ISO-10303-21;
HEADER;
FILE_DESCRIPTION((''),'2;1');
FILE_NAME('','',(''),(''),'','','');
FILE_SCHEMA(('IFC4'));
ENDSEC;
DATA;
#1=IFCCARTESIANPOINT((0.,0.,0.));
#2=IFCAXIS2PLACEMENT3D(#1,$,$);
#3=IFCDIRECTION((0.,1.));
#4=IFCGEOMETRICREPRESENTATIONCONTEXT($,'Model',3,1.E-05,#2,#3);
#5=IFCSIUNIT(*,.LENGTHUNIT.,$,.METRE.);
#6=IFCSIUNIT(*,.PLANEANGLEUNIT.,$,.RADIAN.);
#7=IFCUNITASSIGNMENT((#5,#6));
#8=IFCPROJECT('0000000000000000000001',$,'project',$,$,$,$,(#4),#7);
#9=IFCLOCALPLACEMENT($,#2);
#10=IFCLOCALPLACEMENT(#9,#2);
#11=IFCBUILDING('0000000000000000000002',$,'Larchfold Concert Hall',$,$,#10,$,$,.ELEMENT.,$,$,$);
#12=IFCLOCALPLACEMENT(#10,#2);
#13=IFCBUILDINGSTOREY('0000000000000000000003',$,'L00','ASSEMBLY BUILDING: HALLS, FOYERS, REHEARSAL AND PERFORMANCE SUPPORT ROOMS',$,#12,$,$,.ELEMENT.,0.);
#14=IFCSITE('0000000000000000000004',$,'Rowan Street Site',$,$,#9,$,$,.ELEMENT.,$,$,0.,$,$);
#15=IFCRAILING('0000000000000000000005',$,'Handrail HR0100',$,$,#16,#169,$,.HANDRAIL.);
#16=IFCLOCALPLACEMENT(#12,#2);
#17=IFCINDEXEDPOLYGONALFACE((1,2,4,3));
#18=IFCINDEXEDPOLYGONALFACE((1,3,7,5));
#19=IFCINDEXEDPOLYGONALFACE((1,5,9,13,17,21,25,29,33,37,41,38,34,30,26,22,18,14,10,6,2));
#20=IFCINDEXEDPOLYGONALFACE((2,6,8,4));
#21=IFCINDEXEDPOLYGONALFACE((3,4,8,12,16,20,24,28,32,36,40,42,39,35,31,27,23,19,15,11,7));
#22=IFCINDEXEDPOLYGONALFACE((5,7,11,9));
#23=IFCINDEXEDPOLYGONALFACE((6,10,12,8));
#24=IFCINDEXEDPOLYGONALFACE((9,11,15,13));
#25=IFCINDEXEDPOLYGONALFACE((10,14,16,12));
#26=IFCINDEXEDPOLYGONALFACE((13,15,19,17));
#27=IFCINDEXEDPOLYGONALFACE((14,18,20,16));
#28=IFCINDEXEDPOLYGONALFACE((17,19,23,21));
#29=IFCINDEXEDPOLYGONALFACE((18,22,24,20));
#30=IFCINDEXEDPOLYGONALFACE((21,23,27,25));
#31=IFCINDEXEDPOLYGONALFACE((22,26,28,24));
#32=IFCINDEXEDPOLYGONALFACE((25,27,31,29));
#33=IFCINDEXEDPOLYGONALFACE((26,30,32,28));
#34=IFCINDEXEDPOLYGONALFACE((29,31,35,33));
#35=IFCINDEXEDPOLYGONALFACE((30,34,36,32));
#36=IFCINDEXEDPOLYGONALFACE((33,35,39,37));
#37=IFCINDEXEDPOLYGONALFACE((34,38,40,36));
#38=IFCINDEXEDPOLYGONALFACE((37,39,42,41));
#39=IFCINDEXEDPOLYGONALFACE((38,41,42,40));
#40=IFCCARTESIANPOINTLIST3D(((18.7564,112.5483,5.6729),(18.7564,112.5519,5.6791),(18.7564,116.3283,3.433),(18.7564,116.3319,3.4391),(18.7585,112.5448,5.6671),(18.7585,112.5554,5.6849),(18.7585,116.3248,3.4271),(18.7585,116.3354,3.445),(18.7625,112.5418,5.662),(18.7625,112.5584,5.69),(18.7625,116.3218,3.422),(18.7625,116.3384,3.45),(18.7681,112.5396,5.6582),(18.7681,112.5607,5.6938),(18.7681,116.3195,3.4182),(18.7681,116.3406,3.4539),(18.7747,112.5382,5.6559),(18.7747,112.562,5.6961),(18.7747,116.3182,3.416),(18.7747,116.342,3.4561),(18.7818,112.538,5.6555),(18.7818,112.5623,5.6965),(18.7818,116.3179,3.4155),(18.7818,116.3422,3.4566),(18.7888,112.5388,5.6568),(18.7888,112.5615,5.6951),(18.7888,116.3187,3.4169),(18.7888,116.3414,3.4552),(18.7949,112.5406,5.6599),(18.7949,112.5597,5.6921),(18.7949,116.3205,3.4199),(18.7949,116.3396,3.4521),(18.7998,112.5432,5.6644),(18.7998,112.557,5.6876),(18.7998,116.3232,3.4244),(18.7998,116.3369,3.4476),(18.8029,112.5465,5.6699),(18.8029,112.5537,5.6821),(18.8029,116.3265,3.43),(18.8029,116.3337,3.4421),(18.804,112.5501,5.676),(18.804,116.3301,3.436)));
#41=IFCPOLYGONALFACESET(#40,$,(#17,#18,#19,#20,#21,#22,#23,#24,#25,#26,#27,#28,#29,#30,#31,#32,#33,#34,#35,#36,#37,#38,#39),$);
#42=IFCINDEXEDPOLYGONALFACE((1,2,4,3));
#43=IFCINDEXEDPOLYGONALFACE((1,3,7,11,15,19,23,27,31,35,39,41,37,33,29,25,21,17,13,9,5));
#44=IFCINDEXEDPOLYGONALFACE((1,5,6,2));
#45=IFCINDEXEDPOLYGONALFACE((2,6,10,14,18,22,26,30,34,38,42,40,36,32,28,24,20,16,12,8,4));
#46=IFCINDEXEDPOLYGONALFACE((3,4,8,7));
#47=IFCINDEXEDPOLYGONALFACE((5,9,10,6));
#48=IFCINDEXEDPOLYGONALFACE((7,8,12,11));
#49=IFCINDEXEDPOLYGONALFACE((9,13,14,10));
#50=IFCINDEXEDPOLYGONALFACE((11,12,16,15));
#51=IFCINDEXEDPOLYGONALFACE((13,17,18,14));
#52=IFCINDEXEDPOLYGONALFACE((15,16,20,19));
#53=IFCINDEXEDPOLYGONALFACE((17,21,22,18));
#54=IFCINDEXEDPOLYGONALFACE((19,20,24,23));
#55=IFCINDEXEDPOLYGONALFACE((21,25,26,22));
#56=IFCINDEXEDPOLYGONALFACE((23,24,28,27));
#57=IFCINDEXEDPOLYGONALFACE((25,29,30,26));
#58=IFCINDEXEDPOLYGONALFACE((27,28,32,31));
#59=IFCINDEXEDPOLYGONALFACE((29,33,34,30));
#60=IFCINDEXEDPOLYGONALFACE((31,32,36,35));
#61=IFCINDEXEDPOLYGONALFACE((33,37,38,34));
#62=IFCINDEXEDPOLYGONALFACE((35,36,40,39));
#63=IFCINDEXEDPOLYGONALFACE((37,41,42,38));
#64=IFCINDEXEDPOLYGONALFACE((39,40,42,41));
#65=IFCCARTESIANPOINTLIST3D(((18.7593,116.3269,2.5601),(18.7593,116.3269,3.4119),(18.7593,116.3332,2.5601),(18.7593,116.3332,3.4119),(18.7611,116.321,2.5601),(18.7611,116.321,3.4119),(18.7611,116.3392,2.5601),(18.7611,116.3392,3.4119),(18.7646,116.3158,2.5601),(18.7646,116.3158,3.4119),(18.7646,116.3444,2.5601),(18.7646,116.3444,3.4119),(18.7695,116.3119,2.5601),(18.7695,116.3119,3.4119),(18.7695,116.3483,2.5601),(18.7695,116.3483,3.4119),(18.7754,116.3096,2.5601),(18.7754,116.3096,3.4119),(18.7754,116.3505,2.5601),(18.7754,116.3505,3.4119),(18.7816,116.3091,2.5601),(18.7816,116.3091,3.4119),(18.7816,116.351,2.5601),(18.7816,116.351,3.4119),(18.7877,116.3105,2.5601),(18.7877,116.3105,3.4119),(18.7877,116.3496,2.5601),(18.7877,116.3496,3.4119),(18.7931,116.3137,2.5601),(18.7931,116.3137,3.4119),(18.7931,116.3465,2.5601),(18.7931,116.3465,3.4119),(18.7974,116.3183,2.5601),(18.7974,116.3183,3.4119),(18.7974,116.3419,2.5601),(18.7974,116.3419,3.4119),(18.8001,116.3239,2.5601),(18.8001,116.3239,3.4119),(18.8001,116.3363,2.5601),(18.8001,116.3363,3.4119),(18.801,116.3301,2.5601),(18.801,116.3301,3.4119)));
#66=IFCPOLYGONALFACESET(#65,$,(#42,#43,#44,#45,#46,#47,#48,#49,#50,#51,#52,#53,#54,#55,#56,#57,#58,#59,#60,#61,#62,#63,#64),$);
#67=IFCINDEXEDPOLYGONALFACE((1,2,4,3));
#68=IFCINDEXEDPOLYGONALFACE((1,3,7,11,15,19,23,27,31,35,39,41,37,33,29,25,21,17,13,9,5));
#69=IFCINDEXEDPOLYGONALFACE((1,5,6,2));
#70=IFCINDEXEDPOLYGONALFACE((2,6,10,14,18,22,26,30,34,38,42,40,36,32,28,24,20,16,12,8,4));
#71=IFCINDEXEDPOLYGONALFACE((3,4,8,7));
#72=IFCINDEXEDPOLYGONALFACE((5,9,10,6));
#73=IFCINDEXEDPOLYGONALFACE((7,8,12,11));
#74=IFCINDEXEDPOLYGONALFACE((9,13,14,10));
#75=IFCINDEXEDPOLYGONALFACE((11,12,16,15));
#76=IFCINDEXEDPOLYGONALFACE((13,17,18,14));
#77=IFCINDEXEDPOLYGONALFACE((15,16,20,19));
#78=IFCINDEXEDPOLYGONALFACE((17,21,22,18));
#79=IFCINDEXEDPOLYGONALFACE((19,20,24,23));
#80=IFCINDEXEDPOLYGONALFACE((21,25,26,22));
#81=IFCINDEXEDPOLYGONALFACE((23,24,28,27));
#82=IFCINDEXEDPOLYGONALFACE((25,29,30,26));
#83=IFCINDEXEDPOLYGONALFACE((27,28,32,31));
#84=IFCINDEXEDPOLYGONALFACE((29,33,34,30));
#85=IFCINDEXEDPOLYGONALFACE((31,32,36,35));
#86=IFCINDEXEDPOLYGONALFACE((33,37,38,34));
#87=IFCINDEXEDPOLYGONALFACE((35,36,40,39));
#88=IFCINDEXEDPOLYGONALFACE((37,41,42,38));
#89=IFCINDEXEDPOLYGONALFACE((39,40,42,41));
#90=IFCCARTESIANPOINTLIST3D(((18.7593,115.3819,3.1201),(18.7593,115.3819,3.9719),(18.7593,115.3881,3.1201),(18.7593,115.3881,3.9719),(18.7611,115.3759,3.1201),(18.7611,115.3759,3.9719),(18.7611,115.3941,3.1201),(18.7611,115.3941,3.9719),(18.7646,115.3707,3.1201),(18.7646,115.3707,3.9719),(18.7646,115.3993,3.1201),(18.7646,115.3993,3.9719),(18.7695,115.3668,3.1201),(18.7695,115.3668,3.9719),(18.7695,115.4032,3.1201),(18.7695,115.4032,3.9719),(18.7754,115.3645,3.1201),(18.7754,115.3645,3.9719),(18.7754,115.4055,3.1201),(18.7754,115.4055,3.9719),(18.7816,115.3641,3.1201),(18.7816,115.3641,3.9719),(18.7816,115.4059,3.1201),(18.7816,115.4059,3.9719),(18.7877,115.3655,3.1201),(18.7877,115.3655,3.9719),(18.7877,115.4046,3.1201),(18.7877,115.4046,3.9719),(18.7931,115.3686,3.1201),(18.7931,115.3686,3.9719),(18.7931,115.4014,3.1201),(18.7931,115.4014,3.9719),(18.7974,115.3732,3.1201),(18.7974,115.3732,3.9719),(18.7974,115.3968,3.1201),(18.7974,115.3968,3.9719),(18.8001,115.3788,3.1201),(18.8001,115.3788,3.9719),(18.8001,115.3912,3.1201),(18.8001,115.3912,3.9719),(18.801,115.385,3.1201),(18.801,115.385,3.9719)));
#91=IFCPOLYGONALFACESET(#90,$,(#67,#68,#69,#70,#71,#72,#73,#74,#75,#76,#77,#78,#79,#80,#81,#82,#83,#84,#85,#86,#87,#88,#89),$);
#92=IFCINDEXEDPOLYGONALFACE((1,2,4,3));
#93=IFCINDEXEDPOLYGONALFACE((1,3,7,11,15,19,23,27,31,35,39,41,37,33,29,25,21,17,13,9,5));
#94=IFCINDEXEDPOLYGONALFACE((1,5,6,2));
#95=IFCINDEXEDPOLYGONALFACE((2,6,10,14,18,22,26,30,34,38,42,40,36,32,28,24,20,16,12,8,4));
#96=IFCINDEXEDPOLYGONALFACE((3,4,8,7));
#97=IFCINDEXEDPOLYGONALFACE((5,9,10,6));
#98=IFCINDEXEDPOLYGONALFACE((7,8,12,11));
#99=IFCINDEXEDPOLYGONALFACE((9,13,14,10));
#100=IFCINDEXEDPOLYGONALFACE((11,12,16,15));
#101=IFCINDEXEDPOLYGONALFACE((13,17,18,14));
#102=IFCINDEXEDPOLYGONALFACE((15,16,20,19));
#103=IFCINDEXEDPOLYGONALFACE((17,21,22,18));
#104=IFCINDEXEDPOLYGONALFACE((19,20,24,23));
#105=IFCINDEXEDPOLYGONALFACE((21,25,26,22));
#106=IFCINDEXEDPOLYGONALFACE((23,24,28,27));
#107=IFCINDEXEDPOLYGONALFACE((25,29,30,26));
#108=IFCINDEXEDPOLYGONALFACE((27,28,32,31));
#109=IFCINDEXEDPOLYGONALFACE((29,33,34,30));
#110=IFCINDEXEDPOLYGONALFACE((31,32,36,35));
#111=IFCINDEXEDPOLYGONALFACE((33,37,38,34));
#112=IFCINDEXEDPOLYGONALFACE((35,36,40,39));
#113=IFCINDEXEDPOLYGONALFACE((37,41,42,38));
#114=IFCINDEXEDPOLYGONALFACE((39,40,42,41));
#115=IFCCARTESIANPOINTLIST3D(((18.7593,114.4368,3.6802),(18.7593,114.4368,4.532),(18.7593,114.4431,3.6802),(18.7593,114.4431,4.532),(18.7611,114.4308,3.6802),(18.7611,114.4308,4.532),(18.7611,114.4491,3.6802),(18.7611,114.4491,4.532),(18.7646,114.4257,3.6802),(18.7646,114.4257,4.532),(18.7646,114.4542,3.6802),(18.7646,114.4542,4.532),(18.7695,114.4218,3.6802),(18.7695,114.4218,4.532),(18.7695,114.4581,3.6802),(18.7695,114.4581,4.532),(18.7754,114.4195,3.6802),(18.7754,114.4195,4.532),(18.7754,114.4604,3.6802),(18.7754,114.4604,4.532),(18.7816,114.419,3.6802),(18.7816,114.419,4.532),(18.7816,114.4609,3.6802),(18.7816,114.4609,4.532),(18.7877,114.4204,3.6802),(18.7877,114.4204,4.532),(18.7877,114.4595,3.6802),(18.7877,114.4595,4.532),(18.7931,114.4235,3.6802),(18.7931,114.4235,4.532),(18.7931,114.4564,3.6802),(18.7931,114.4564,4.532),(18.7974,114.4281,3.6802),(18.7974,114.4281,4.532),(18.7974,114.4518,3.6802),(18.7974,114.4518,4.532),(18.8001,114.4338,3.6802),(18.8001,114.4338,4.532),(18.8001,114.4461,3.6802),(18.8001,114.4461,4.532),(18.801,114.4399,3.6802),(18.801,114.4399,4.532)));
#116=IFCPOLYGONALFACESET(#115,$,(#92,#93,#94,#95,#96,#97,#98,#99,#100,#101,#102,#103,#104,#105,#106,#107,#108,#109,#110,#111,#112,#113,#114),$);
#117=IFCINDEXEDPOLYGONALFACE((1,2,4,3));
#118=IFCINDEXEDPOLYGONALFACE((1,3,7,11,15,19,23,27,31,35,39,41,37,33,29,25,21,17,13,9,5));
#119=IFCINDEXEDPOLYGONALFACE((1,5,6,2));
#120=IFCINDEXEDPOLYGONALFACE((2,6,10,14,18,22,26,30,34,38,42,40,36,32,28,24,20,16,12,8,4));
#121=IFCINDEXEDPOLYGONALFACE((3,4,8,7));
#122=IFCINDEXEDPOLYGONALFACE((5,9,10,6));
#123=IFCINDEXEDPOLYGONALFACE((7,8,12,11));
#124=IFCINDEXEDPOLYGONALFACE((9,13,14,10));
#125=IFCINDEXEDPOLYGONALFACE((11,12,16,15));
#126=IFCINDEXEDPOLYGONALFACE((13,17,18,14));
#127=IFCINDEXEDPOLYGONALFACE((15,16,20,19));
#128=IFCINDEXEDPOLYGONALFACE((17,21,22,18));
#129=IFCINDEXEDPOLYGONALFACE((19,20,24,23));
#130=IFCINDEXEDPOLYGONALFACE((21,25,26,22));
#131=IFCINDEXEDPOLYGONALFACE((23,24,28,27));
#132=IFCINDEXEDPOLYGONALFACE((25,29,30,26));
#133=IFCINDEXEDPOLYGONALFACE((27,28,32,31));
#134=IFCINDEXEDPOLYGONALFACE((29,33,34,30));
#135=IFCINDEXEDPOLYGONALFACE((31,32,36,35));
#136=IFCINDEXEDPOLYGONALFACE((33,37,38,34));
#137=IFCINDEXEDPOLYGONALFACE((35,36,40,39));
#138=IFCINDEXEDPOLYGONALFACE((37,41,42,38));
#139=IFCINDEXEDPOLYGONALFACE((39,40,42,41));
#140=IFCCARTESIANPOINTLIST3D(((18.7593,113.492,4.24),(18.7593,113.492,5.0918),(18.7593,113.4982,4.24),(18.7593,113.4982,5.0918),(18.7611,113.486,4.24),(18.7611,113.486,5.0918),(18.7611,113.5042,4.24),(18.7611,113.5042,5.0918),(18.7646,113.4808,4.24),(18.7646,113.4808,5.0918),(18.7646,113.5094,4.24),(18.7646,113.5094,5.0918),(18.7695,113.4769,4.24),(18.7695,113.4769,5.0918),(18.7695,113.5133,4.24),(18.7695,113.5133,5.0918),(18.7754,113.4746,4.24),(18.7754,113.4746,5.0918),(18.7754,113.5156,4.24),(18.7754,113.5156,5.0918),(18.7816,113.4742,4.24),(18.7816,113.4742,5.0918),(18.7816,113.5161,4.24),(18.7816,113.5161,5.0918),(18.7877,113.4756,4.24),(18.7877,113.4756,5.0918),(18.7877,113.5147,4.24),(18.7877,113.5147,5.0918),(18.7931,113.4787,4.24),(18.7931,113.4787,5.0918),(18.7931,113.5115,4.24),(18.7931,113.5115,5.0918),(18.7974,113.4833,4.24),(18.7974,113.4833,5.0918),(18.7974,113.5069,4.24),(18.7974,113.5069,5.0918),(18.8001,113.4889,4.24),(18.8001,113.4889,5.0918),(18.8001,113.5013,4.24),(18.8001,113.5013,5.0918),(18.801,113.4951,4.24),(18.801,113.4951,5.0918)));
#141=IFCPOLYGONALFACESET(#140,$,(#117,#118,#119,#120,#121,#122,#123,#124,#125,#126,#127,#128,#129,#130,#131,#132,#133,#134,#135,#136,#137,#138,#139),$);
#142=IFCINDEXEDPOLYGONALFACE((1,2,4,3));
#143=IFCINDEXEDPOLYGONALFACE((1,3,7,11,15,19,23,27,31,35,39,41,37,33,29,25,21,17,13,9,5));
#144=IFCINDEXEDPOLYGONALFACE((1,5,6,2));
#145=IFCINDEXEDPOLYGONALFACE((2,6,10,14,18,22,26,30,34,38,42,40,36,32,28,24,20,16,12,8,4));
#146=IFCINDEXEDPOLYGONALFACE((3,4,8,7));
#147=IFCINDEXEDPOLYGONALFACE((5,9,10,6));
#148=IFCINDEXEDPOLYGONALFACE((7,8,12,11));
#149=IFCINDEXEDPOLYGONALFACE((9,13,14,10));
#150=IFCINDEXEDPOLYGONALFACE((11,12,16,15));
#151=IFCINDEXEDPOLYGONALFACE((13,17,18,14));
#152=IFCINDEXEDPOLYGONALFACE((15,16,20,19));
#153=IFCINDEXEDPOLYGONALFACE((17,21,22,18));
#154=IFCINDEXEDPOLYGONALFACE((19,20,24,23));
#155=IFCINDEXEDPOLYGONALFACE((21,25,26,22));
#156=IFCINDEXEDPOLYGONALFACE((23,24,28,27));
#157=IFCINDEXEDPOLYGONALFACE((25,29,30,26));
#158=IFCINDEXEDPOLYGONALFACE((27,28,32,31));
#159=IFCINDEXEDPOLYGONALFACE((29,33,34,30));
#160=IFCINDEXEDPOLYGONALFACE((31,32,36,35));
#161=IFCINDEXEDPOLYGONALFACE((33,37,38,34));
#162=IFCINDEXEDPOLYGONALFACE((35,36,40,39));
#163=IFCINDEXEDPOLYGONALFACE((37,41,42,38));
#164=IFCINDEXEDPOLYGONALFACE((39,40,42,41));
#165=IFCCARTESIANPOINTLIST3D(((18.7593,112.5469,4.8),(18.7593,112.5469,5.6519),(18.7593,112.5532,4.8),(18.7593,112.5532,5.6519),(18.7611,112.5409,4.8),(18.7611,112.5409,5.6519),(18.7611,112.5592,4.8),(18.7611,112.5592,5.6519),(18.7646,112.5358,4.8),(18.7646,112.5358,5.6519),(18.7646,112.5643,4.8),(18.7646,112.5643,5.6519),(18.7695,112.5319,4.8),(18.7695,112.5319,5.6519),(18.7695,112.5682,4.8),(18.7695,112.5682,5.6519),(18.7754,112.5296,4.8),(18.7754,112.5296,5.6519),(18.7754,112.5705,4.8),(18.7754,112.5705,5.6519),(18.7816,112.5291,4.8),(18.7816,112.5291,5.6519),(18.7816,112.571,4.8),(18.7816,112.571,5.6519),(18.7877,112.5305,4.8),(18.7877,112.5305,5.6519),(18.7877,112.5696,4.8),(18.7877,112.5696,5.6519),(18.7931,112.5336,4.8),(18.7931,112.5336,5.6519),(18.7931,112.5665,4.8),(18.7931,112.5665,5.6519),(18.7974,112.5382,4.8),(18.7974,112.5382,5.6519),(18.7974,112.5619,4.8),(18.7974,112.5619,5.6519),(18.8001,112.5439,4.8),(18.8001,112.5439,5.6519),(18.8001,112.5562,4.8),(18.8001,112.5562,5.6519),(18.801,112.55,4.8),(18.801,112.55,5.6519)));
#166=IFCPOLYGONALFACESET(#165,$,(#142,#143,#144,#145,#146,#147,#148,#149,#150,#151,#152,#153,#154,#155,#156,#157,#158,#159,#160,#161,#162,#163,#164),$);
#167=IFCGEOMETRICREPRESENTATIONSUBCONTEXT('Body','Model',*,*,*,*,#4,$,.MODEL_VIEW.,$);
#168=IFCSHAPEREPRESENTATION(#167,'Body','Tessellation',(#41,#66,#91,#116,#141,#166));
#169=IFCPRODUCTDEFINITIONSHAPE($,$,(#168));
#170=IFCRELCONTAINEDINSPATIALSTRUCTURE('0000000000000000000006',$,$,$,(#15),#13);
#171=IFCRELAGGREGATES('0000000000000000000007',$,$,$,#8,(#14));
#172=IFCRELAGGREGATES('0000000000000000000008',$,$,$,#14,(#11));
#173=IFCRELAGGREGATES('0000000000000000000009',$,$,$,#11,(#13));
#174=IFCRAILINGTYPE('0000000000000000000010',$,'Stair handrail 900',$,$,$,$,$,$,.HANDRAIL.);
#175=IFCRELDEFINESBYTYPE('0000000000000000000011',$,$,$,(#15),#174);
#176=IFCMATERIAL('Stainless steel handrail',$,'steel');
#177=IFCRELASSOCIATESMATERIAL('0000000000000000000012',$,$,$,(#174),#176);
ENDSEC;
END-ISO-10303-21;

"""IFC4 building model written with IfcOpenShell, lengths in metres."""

from ifc_helpers import new_model, si_unit, direction, frame, origin, origin_2d, place, context, subcontext, project, spatial, circle, extrude, material, type_object, element, save


model = new_model("IFC4")

# Units and contexts
model_context = context("Model", 3, precision=1e-05, world=origin(), true_north=direction((0.0, 1.0)))
body_context = subcontext(model_context, "Body", "Model", "MODEL_VIEW")
ifc_project = project(units=[si_unit("LENGTHUNIT", "METRE"), si_unit("PLANEANGLEUNIT", "RADIAN")], contexts=[model_context])

# Site, building, storey
site_placement = place(None, origin())
site = spatial("IfcSite", under=ifc_project, at=site_placement, Name="Rowan Street Site", CompositionType="ELEMENT", RefElevation=0.0)
building_placement = place(site_placement, origin())
building = spatial("IfcBuilding", under=site, at=building_placement, Name="Larchfold Concert Hall", CompositionType="ELEMENT")
storey_placement = place(building_placement, origin())
storey = spatial("IfcBuildingStorey", under=building, at=storey_placement, Name="L00", Description="ASSEMBLY BUILDING: HALLS, FOYERS, REHEARSAL AND PERFORMANCE SUPPORT ROOMS", CompositionType="ELEMENT", Elevation=0.0)

# Railing
ifc_material_1 = material(Name="Stainless steel handrail", Category="steel")
railing_type_1 = type_object("IfcRailingType", Name="Stair handrail 900", PredefinedType="HANDRAIL", material=ifc_material_1)
for number, where, name in (
    (1, (18.78, 116.3301, 2.5601), "Handrail HR0100"),
):
    element("IfcRailing", number, at=place(storey_placement, frame(where)), inside=storey, type_object=railing_type_1, Name=name, PredefinedType="HANDRAIL", context=body_context, shape_type="SweptSolid", body=[
        extrude(circle(Radius=0.0239, at=origin_2d()), frame((0.0, 0.0, 0.876), z_axis=(0.0, -0.860294, 0.509798), x_axis=(1.0, 0.0, 0.0)), (0.0, 0.0, 1.0), 4.3938),
        extrude(circle(Radius=0.021, at=origin_2d()), origin(), (0.0, 0.0, 1.0), 0.8518),
        extrude(circle(Radius=0.021, at=origin_2d()), frame((0.0, -0.9451, 0.5601)), (0.0, 0.0, 1.0), 0.8518),
        extrude(circle(Radius=0.021, at=origin_2d()), frame((0.0, -1.8901, 1.1201)), (0.0, 0.0, 1.0), 0.8518),
        extrude(circle(Radius=0.021, at=origin_2d()), frame((0.0, -2.835, 1.6799)), (0.0, 0.0, 1.0), 0.8518),
        extrude(circle(Radius=0.021, at=origin_2d()), frame((0.0, -3.78, 2.24)), (0.0, 0.0, 1.0), 0.8518),
    ])

save(model, "model.ifc")
